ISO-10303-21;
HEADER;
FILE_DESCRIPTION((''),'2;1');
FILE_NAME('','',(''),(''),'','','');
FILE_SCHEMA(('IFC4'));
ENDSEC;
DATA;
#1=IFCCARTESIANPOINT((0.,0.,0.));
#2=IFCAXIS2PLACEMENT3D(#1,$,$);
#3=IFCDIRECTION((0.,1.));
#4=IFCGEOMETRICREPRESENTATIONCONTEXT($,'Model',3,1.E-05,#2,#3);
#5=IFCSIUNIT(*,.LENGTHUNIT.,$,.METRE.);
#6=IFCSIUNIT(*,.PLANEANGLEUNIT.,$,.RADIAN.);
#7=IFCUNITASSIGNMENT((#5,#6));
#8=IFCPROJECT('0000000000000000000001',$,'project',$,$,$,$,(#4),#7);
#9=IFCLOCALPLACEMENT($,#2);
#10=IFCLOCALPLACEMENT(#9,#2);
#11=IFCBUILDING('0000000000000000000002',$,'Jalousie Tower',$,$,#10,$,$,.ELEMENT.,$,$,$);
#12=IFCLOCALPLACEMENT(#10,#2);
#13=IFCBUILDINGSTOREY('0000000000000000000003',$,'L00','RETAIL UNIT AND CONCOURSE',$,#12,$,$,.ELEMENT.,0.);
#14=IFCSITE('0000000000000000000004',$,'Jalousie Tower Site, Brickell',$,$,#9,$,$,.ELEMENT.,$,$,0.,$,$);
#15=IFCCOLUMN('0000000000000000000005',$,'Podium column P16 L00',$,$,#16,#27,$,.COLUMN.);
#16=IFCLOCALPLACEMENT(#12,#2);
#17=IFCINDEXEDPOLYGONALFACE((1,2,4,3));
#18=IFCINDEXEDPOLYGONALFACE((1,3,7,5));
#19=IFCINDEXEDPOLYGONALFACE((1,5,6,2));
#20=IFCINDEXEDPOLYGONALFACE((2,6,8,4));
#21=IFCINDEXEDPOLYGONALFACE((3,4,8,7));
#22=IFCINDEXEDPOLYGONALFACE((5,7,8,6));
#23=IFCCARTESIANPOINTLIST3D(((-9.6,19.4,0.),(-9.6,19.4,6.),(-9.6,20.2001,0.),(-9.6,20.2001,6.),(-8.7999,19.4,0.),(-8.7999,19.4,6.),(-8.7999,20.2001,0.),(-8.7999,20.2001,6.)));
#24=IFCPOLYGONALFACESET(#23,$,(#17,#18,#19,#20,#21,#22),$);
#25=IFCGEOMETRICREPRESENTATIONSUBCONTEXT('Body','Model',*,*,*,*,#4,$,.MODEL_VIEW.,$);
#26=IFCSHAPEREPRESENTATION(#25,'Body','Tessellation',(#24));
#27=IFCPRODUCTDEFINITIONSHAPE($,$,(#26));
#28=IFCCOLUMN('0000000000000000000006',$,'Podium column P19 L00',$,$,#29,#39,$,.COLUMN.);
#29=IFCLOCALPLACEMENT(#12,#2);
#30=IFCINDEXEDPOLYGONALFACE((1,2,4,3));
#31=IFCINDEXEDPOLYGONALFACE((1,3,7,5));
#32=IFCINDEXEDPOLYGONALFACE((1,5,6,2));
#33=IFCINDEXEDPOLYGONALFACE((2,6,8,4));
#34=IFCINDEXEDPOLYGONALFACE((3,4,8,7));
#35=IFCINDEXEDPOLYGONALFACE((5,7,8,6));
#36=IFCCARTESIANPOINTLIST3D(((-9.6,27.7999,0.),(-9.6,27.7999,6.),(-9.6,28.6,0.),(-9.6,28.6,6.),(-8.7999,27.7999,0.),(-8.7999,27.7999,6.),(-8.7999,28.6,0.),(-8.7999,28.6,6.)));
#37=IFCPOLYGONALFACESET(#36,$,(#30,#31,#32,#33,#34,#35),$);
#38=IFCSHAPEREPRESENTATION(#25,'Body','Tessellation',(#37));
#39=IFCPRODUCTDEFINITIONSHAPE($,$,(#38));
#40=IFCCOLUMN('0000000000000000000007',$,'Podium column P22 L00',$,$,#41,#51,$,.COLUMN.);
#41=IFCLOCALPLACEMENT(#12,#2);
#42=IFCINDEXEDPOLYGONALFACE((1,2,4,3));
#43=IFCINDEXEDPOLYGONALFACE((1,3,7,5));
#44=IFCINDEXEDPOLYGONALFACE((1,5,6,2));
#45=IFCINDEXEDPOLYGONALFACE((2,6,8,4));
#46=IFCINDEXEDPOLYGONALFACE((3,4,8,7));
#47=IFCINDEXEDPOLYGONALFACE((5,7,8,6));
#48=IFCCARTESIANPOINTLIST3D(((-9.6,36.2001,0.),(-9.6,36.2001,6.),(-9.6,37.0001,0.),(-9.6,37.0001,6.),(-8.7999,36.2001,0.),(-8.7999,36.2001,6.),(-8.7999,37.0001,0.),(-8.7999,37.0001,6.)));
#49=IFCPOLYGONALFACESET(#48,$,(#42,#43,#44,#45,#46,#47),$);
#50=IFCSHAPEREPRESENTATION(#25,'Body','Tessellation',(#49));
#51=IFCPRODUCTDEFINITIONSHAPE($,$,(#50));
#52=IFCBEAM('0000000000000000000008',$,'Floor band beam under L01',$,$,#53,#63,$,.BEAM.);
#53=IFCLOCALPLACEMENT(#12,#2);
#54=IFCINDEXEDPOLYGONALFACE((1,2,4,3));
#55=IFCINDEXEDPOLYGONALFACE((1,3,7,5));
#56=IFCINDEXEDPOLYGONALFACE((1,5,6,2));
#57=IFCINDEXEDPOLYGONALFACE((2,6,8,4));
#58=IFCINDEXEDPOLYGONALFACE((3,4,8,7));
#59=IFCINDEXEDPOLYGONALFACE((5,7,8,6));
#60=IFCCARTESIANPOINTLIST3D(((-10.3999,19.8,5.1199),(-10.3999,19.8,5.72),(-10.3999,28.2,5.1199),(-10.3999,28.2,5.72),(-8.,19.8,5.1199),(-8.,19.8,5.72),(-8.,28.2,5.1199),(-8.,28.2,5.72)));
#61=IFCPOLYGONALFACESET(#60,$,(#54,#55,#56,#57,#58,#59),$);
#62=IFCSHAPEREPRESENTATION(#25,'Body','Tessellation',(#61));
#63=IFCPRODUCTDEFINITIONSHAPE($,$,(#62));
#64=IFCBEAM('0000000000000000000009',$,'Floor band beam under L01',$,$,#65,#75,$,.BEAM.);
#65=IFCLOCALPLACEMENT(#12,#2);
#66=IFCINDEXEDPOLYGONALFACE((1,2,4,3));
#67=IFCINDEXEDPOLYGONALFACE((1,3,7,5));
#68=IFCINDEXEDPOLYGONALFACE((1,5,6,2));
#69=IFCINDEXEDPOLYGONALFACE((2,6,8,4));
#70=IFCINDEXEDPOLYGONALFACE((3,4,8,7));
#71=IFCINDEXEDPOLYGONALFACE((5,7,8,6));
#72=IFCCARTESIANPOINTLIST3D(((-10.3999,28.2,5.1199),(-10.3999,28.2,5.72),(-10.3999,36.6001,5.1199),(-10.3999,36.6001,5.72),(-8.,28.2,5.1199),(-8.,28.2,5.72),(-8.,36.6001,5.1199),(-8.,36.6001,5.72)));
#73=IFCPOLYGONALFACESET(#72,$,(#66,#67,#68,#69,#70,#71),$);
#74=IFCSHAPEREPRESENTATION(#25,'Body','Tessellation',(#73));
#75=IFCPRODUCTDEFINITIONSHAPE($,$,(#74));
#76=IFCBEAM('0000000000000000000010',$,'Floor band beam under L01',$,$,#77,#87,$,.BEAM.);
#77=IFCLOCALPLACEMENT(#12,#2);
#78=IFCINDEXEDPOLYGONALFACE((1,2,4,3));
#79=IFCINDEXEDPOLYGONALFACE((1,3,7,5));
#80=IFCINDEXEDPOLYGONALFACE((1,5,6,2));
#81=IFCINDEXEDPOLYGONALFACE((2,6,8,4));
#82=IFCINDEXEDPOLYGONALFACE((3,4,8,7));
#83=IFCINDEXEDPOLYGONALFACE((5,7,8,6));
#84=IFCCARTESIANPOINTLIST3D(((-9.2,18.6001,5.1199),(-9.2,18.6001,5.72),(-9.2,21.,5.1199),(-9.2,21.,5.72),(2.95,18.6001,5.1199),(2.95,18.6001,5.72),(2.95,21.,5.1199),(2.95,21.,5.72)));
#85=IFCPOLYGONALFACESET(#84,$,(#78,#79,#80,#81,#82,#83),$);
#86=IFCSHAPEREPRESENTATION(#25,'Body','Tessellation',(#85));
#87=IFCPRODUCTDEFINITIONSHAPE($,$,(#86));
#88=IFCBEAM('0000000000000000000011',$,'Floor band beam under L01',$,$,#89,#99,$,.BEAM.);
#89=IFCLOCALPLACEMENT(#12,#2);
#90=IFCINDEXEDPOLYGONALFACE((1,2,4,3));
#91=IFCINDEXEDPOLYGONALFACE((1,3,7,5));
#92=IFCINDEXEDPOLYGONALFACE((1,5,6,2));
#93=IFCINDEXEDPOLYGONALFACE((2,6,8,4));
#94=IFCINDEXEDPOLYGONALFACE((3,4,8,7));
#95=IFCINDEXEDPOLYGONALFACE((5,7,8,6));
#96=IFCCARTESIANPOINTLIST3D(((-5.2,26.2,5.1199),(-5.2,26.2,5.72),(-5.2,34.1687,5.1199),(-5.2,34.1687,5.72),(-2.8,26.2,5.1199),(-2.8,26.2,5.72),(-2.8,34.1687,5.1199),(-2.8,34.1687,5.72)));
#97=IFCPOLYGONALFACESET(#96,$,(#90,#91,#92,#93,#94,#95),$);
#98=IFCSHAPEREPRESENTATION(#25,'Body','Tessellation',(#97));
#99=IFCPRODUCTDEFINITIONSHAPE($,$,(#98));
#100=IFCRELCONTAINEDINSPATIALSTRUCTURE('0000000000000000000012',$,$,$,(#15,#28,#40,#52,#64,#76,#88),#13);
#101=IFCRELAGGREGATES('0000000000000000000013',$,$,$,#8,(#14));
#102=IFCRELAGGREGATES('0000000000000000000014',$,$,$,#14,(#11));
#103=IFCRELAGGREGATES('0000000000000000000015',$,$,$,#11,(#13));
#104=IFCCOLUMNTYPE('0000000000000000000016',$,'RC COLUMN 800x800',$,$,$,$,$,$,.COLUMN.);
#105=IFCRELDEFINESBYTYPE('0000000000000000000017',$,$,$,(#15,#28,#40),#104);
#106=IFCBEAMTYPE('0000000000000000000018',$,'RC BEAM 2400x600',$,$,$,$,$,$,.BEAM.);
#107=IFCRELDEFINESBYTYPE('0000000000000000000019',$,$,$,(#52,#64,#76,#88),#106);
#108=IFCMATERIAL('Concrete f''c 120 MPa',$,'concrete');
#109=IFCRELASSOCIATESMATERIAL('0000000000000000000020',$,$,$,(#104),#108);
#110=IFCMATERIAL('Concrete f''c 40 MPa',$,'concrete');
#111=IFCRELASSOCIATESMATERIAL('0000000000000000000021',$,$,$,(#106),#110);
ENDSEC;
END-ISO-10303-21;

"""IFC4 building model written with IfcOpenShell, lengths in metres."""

from ifc_helpers import new_model, si_unit, direction, frame, origin, origin_2d, place, context, subcontext, project, spatial, rectangle, extrude, material, material_profile, profile_set, type_object, element, save


model = new_model("IFC4")

# Units and contexts
model_context = context("Model", 3, precision=1e-05, world=origin(), true_north=direction((0.0, 1.0)))
body_context = subcontext(model_context, "Body", "Model", "MODEL_VIEW")
ifc_project = project(units=[si_unit("LENGTHUNIT", "METRE"), si_unit("PLANEANGLEUNIT", "RADIAN")], contexts=[model_context])

# Site, building, storey
site_placement = place(None, origin())
site = spatial("IfcSite", under=ifc_project, at=site_placement, Name="Jalousie Tower Site, Brickell", CompositionType="ELEMENT", RefElevation=0.0)
building_placement = place(site_placement, origin())
building = spatial("IfcBuilding", under=site, at=building_placement, Name="Jalousie Tower", CompositionType="ELEMENT")
storey_placement = place(building_placement, origin())
storey = spatial("IfcBuildingStorey", under=building, at=storey_placement, Name="L00", Description="RETAIL UNIT AND CONCOURSE", CompositionType="ELEMENT", Elevation=0.0)

# Columns
ifc_material_1 = material(Name="Concrete f'c 120 MPa", Category="concrete")
ifc_material_profile_1 = material_profile(ifc_material_1, rectangle(XDim=0.8, YDim=0.8, at=origin_2d()), Name="RC 800x800")
ifc_profile_set_1 = profile_set([ifc_material_profile_1], Name="Concrete f'c 120 MPa")
column_type = type_object("IfcColumnType", Name="RC COLUMN 800x800", PredefinedType="COLUMN", material=ifc_profile_set_1)
for number, where, z_axis, x_axis, name in (
    (1, (-9.2, 19.8, 0.0), (0.0, 0.0, 1.0), (1.0, 0.0, 0.0), "Podium column P16 L00"),
    (2, (-9.2, 28.2, 0.0), (0.0, 0.0, 1.0), (1.0, 0.0, 0.0), "Podium column P19 L00"),
    (3, (-9.2, 36.6001, 0.0), (0.0, 0.0, 1.0), (1.0, 0.0, 0.0), "Podium column P22 L00"),
):
    element("IfcColumn", number, at=place(storey_placement, frame(where, z_axis=z_axis, x_axis=x_axis)), inside=storey, type_object=column_type, Name=name, PredefinedType="COLUMN", context=body_context, shape_type="SweptSolid", body=[
        extrude(rectangle(XDim=0.8, YDim=0.8, at=origin_2d()), origin(), (0.0, 0.0, 1.0), 6.0),
    ])

# Beams
ifc_material_2 = material(Name="Concrete f'c 40 MPa", Category="concrete")
ifc_material_profile_2 = material_profile(ifc_material_2, rectangle(XDim=2.3999, YDim=0.6001, at=origin_2d()), Name="RC 2400x600")
ifc_profile_set_2 = profile_set([ifc_material_profile_2], Name="Concrete f'c 40 MPa")
beam_type = type_object("IfcBeamType", Name="RC BEAM 2400x600", PredefinedType="BEAM", material=ifc_profile_set_2)
beam_1_placement = place(storey_placement, frame((-9.2, 19.8, 5.4199), z_axis=(0.0, 1.0, 0.0), x_axis=(-1.0, 0.0, 0.0)))
element("IfcBeam", 4, at=beam_1_placement, inside=storey, type_object=beam_type, Name="Floor band beam under L01", PredefinedType="BEAM", context=body_context, shape_type="SweptSolid", body=[
    extrude(rectangle(XDim=2.3999, YDim=0.6001, at=origin_2d()), origin(), (0.0, 0.0, 1.0), 8.3999),
])
beam_2_placement = place(storey_placement, frame((-9.2, 28.2, 5.4199), z_axis=(0.0, 1.0, 0.0), x_axis=(-1.0, 0.0, 0.0)))
element("IfcBeam", 5, at=beam_2_placement, inside=storey, type_object=beam_type, Name="Floor band beam under L01", PredefinedType="BEAM", context=body_context, shape_type="SweptSolid", body=[
    extrude(rectangle(XDim=2.3999, YDim=0.6001, at=origin_2d()), origin(), (0.0, 0.0, 1.0), 8.4001),
])
beam_3_placement = place(storey_placement, frame((-9.2, 19.8, 5.4199), z_axis=(1.0, 0.0, 0.0), x_axis=(0.0, 1.0, 0.0)))
element("IfcBeam", 6, at=beam_3_placement, inside=storey, type_object=beam_type, Name="Floor band beam under L01", PredefinedType="BEAM", context=body_context, shape_type="SweptSolid", body=[
    extrude(rectangle(XDim=2.3999, YDim=0.6001, at=origin_2d()), origin(), (0.0, 0.0, 1.0), 12.1499),
])
beam_4_placement = place(storey_placement, frame((-4.0, 26.2, 5.4199), z_axis=(0.0, 1.0, 0.0), x_axis=(-1.0, 0.0, 0.0)))
element("IfcBeam", 7, at=beam_4_placement, inside=storey, type_object=beam_type, Name="Floor band beam under L01", PredefinedType="BEAM", context=body_context, shape_type="SweptSolid", body=[
    extrude(rectangle(XDim=2.3999, YDim=0.6001, at=origin_2d()), origin(), (0.0, 0.0, 1.0), 7.9688),
])

save(model, "model.ifc")
